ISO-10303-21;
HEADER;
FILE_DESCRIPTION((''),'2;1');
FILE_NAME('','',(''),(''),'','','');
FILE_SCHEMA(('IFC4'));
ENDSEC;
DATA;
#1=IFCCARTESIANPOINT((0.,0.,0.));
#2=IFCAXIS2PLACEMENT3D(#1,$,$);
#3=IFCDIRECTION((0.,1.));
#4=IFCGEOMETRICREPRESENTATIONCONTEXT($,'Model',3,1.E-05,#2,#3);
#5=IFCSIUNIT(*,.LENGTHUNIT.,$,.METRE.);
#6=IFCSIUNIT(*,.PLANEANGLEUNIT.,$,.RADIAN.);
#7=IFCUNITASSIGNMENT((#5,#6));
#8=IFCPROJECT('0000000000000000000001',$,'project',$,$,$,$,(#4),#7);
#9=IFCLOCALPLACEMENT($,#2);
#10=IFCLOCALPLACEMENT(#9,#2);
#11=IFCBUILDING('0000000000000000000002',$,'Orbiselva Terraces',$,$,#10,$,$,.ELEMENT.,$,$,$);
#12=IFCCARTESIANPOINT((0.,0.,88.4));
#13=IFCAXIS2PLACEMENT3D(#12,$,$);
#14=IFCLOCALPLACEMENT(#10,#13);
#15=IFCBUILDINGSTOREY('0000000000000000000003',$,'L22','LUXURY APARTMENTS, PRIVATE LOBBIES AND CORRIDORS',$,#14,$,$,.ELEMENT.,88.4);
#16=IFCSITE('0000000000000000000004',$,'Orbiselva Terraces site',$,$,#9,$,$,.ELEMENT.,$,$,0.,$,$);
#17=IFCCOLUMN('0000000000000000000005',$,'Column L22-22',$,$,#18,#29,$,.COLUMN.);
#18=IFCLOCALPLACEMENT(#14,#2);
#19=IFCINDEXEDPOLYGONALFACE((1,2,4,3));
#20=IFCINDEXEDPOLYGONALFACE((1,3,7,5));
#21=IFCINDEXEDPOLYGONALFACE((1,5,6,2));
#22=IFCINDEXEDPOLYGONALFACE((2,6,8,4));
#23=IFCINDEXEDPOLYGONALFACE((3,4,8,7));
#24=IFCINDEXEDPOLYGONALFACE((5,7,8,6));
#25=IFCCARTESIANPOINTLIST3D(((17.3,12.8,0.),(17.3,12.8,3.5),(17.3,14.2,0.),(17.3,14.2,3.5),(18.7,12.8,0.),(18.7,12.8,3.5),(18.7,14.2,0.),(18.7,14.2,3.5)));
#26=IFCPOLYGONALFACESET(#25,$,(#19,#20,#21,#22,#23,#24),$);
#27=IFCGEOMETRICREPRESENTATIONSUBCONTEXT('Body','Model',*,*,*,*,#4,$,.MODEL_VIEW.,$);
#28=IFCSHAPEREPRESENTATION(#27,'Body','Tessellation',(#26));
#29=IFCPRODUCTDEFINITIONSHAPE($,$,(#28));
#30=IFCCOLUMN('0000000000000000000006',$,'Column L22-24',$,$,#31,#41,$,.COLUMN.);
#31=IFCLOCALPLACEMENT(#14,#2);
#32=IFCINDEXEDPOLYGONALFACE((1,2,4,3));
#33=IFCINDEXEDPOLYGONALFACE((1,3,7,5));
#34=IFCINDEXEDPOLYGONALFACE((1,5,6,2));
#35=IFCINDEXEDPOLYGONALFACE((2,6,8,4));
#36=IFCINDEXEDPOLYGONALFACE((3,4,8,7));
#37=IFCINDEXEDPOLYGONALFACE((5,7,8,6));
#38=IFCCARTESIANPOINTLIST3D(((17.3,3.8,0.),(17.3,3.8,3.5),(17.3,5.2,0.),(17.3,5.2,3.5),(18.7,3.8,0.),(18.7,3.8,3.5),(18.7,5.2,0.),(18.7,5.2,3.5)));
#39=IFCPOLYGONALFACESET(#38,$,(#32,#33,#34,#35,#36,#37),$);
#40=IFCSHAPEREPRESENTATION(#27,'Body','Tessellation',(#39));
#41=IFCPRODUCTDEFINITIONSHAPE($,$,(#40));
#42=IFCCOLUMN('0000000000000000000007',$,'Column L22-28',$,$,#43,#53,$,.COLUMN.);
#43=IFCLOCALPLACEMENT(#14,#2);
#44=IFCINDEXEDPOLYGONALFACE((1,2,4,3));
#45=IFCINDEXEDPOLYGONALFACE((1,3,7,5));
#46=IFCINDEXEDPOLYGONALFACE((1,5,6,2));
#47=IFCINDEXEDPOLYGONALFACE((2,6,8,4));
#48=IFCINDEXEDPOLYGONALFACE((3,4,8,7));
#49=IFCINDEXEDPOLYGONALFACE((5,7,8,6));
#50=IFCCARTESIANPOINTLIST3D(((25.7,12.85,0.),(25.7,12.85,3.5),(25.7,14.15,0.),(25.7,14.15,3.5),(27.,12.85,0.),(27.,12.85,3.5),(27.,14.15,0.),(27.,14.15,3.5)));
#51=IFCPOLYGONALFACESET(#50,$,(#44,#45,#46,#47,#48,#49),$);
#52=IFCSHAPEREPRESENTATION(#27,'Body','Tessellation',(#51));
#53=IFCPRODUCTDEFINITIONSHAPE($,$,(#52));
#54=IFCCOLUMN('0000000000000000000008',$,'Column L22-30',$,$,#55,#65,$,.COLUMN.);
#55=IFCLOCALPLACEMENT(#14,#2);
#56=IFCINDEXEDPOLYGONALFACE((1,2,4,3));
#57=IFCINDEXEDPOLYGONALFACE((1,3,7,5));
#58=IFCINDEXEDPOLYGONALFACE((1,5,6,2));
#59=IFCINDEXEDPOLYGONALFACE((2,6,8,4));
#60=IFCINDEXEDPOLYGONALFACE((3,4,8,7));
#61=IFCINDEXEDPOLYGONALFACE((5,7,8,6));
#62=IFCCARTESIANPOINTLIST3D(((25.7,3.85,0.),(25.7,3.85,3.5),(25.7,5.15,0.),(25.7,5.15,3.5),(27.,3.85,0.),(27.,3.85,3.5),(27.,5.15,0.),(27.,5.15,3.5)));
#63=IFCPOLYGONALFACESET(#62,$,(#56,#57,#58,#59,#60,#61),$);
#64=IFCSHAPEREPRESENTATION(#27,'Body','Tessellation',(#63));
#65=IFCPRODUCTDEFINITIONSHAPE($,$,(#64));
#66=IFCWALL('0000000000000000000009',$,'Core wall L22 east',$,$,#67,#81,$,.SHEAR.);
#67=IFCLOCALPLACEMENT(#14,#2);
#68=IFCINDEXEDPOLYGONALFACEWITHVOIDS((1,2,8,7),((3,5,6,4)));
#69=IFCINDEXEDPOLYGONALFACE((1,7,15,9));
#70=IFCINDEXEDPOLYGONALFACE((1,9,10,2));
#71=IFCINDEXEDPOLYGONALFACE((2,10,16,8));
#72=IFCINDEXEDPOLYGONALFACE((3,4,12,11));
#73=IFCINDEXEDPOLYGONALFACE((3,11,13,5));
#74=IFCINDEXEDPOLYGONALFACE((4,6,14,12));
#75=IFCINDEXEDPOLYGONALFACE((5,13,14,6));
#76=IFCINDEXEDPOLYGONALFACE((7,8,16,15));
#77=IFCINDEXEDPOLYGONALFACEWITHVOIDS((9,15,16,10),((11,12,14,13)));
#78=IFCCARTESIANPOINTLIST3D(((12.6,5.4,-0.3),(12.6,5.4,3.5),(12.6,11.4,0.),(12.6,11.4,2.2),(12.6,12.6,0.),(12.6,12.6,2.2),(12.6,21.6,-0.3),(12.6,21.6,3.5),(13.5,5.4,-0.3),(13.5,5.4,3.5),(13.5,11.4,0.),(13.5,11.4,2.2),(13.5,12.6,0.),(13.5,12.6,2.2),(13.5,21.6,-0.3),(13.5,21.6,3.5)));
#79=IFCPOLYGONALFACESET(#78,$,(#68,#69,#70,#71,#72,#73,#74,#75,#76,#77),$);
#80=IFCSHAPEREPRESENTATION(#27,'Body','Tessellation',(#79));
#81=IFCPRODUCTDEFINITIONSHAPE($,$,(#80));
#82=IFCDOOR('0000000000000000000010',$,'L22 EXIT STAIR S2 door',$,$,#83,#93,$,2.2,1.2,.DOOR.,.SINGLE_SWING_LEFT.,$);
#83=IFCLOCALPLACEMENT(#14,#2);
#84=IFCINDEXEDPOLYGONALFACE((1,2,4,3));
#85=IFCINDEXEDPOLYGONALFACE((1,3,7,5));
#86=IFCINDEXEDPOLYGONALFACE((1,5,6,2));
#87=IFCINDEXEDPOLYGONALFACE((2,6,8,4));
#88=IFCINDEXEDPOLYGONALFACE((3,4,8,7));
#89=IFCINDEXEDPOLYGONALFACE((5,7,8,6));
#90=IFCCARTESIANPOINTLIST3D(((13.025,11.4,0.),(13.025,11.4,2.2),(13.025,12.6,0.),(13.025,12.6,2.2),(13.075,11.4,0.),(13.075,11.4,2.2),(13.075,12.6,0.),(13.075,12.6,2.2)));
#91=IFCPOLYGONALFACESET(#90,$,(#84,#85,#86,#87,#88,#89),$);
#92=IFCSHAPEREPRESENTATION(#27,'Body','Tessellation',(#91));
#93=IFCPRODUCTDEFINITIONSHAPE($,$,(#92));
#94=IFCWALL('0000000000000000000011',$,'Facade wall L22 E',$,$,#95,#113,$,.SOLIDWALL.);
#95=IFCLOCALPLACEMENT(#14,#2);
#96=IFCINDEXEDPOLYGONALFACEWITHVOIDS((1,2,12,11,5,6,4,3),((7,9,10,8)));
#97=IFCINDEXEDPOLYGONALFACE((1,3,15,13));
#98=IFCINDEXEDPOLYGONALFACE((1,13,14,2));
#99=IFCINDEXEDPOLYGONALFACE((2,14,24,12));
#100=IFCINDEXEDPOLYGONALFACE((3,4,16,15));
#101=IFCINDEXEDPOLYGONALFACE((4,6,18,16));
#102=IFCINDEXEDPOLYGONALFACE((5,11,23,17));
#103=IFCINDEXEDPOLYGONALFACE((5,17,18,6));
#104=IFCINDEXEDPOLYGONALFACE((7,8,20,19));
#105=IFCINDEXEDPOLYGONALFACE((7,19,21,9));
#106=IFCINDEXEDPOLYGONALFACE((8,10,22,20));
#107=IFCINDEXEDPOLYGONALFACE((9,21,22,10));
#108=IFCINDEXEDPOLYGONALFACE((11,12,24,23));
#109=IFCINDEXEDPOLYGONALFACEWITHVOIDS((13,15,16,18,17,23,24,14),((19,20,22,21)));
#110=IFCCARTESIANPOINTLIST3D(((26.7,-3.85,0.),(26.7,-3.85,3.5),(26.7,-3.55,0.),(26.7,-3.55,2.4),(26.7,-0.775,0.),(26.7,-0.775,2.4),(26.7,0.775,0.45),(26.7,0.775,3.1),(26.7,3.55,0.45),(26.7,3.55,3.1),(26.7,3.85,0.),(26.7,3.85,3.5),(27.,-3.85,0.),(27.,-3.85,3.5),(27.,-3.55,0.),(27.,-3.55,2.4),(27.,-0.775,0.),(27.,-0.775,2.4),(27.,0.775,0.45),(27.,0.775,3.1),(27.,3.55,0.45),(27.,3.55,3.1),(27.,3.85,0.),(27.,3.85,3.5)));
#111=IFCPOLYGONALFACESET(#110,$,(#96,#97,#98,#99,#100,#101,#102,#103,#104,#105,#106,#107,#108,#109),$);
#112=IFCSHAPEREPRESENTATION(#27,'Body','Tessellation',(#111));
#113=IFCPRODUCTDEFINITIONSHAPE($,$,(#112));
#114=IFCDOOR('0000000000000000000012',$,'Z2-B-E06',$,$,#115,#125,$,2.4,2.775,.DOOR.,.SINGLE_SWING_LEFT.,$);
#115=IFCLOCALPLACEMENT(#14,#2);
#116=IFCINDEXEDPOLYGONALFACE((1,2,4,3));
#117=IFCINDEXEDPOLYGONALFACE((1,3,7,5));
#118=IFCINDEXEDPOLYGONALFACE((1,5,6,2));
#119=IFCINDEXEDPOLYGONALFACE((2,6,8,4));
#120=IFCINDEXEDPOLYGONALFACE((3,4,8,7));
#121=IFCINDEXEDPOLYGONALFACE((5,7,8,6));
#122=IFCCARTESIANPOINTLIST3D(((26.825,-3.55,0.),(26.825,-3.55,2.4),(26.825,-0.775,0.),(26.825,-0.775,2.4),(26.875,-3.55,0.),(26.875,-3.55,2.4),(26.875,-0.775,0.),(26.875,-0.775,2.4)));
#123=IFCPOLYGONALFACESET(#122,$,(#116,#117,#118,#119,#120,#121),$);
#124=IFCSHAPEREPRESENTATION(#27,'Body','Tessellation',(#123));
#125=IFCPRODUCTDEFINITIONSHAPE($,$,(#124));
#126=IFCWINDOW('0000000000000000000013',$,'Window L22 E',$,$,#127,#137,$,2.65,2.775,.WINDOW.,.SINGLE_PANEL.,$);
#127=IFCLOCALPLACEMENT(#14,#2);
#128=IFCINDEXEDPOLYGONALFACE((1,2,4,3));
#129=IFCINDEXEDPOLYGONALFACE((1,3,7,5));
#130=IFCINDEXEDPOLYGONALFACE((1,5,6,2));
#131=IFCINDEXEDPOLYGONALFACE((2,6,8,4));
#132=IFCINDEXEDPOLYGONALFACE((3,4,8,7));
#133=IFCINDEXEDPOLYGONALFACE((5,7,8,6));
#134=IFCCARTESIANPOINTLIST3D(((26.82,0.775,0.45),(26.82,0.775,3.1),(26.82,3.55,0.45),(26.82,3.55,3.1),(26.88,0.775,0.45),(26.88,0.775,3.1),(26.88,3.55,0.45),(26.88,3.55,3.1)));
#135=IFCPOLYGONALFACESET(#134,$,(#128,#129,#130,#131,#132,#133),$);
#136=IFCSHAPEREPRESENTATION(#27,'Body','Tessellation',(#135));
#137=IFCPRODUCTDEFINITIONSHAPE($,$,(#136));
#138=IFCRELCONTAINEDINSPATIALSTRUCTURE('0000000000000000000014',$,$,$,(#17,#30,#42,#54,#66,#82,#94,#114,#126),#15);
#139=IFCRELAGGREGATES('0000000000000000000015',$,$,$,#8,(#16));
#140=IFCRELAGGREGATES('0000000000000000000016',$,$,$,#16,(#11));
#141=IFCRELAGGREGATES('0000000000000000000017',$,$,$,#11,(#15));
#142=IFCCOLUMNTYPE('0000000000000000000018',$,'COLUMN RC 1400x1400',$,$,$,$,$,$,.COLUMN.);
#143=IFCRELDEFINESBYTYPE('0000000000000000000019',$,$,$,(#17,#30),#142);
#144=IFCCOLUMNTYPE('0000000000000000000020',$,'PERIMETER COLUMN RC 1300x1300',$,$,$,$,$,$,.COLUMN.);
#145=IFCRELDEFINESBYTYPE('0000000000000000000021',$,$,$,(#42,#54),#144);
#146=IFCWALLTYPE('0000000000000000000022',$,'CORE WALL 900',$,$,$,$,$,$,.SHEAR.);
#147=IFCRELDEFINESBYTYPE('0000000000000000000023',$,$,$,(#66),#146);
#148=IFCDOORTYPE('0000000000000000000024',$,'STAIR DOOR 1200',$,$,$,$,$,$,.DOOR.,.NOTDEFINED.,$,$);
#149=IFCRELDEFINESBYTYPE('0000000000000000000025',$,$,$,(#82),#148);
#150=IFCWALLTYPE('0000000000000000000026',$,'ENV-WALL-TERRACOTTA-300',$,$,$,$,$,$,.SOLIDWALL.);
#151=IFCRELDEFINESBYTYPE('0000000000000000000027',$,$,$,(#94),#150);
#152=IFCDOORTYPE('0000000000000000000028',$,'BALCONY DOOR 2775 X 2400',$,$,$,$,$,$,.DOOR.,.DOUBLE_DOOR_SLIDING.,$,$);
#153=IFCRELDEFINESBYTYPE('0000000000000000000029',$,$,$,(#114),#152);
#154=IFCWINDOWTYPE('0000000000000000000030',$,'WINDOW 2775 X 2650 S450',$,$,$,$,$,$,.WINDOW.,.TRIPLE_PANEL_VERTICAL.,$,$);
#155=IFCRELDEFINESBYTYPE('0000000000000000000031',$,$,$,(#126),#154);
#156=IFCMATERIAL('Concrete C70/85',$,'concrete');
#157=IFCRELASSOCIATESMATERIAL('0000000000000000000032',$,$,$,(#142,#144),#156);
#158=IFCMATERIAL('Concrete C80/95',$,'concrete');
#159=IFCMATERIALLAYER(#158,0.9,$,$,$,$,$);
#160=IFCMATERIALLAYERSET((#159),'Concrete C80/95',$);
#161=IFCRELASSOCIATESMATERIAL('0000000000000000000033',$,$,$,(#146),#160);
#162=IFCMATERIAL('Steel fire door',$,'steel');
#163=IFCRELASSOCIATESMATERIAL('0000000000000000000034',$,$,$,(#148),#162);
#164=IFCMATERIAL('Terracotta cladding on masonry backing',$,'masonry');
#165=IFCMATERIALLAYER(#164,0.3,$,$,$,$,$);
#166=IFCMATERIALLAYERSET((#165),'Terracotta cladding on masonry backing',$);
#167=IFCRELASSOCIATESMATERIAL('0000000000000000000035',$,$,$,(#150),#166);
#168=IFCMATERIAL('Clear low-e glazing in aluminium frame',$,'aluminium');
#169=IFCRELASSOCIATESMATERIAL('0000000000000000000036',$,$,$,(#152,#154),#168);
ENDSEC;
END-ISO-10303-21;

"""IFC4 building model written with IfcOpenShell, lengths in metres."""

from ifc_helpers import new_model, si_unit, direction, frame, frame_2d, origin, origin_2d, place, context, subcontext, project, spatial, rectangle, extrude, material, layer, layer_set, material_profile, profile_set, type_object, element, fill, save


model = new_model("IFC4")

# Units and contexts
model_context = context("Model", 3, precision=1e-05, world=origin(), true_north=direction((0.0, 1.0)))
body_context = subcontext(model_context, "Body", "Model", "MODEL_VIEW")
ifc_project = project(units=[si_unit("LENGTHUNIT", "METRE"), si_unit("PLANEANGLEUNIT", "RADIAN")], contexts=[model_context])

# Site, building, storey
site_placement = place(None, origin())
site = spatial("IfcSite", under=ifc_project, at=site_placement, Name="Orbiselva Terraces site", CompositionType="ELEMENT", RefElevation=0.0)
building_placement = place(site_placement, origin())
building = spatial("IfcBuilding", under=site, at=building_placement, Name="Orbiselva Terraces", CompositionType="ELEMENT")
storey_placement = place(building_placement, frame((0.0, 0.0, 88.4)))
storey = spatial("IfcBuildingStorey", under=building, at=storey_placement, Name="L22", Description="LUXURY APARTMENTS, PRIVATE LOBBIES AND CORRIDORS", CompositionType="ELEMENT", Elevation=88.4)

# Columns
ifc_material_1 = material(Name="Concrete C70/85", Category="concrete")
ifc_material_profile_1 = material_profile(ifc_material_1, rectangle(XDim=1.4, YDim=1.4, at=origin_2d()), Name="RC 1400x1400")
ifc_profile_set_1 = profile_set([ifc_material_profile_1], Name="Concrete C70/85")
column_type_1 = type_object("IfcColumnType", Name="COLUMN RC 1400x1400", PredefinedType="COLUMN", material=ifc_profile_set_1)
for number, where, z_axis, x_axis, name in (
    (1, (18.0, 13.5, 0.0), (0.0, 0.0, 1.0), (1.0, 0.0, 0.0), "Column L22-22"),
    (2, (18.0, 4.5, 0.0), (0.0, 0.0, 1.0), (1.0, 0.0, 0.0), "Column L22-24"),
):
    element("IfcColumn", number, at=place(storey_placement, frame(where, z_axis=z_axis, x_axis=x_axis)), inside=storey, type_object=column_type_1, Name=name, PredefinedType="COLUMN", context=body_context, shape_type="SweptSolid", body=[
        extrude(rectangle(XDim=1.4, YDim=1.4, at=origin_2d()), origin(), (0.0, 0.0, 1.0), 3.5),
    ])
ifc_material_profile_2 = material_profile(ifc_material_1, rectangle(XDim=1.3, YDim=1.3, at=origin_2d()), Name="RC 1300x1300")
ifc_profile_set_2 = profile_set([ifc_material_profile_2], Name="Concrete C70/85")
column_type_2 = type_object("IfcColumnType", Name="PERIMETER COLUMN RC 1300x1300", PredefinedType="COLUMN", material=ifc_profile_set_2)
for number, where, z_axis, x_axis, name in (
    (3, (26.35, 13.5, 0.0), (0.0, 0.0, 1.0), (1.0, 0.0, 0.0), "Column L22-28"),
    (4, (26.35, 4.5, 0.0), (0.0, 0.0, 1.0), (1.0, 0.0, 0.0), "Column L22-30"),
):
    element("IfcColumn", number, at=place(storey_placement, frame(where, z_axis=z_axis, x_axis=x_axis)), inside=storey, type_object=column_type_2, Name=name, PredefinedType="COLUMN", context=body_context, shape_type="SweptSolid", body=[
        extrude(rectangle(XDim=1.3, YDim=1.3, at=origin_2d()), origin(), (0.0, 0.0, 1.0), 3.5),
    ])

# Wall, opening, door
ifc_material_2 = material(Name="Concrete C80/95", Category="concrete")
ifc_layer_1 = layer(ifc_material_2, 0.9)
ifc_layer_set_1 = layer_set([ifc_layer_1], Name="Concrete C80/95")
wall_type_1 = type_object("IfcWallType", Name="CORE WALL 900", PredefinedType="SHEAR", material=ifc_layer_set_1)
wall_1_placement = place(storey_placement, frame((13.05, 5.4, -0.3), z_axis=(0.0, 0.0, 1.0), x_axis=(0.0, 1.0, 0.0)))
wall_1 = element("IfcWall", 5, at=wall_1_placement, inside=storey, type_object=wall_type_1, Name="Core wall L22 east", PredefinedType="SHEAR", context=body_context, shape_type="SweptSolid", body=[
    extrude(rectangle(XDim=16.2, YDim=0.9, at=frame_2d((8.1, 0.0))), origin(), (0.0, 0.0, 1.0), 3.8),
])
opening_1_placement = place(wall_1_placement, frame((6.0, 0.0, 0.3)))
opening_1 = element("IfcOpeningElement", 6, at=opening_1_placement, cuts=wall_1, PredefinedType="OPENING", context=body_context, shape_type="SweptSolid", body=[
    extrude(rectangle(XDim=1.2, YDim=2.2, at=frame_2d((0.6, 1.1))), frame((0.0, 0.46, 0.0), z_axis=(0.0, -1.0, 0.0), x_axis=(1.0, 0.0, 0.0)), (0.0, 0.0, 1.0), 0.92),
])
ifc_material_3 = material(Name="Steel fire door", Category="steel")
door_type_1 = type_object("IfcDoorType", Name="STAIR DOOR 1200", OperationType="NOTDEFINED", PredefinedType="DOOR", material=ifc_material_3)
door_1_placement = place(opening_1_placement, frame((1.2, 0.0, 0.0), z_axis=(0.0, 0.0, 1.0), x_axis=(-1.0, 0.0, 0.0)))
door_1 = element("IfcDoor", 7, at=door_1_placement, inside=storey, type_object=door_type_1, Name="L22 EXIT STAIR S2 door", OperationType="SINGLE_SWING_LEFT", OverallHeight=2.2, OverallWidth=1.2, PredefinedType="DOOR", context=body_context, shape_type="SweptSolid", body=[
    extrude(rectangle(XDim=1.2, YDim=2.2, at=frame_2d((0.6, 1.1))), frame((0.0, 0.025, 0.0), z_axis=(0.0, -1.0, 0.0), x_axis=(1.0, 0.0, 0.0)), (0.0, 0.0, 1.0), 0.05),
])
fill(opening_1, door_1)

# Wall, openings, door, window
ifc_material_4 = material(Name="Terracotta cladding on masonry backing", Category="masonry")
ifc_layer_2 = layer(ifc_material_4, 0.3)
ifc_layer_set_2 = layer_set([ifc_layer_2], Name="Terracotta cladding on masonry backing")
wall_type_2 = type_object("IfcWallType", Name="ENV-WALL-TERRACOTTA-300", PredefinedType="SOLIDWALL", material=ifc_layer_set_2)
wall_2_placement = place(storey_placement, frame((26.85, 3.85, 0.0), z_axis=(0.0, 0.0, 1.0), x_axis=(0.0, -1.0, 0.0)))
wall_2 = element("IfcWall", 8, at=wall_2_placement, inside=storey, type_object=wall_type_2, Name="Facade wall L22 E", PredefinedType="SOLIDWALL", context=body_context, shape_type="SweptSolid", body=[
    extrude(rectangle(XDim=7.7, YDim=0.3, at=frame_2d((3.85, 0.0))), origin(), (0.0, 0.0, 1.0), 3.5),
])
opening_2_placement = place(wall_2_placement, frame((4.625, 0.0, 0.0)))
opening_2 = element("IfcOpeningElement", 9, at=opening_2_placement, cuts=wall_2, PredefinedType="OPENING", context=body_context, shape_type="SweptSolid", body=[
    extrude(rectangle(XDim=2.775, YDim=2.4, at=frame_2d((1.3875, 1.2))), frame((0.0, 0.16, 0.0), z_axis=(0.0, -1.0, 0.0), x_axis=(1.0, 0.0, 0.0)), (0.0, 0.0, 1.0), 0.32),
])
opening_3_placement = place(wall_2_placement, frame((0.3, 0.0, 0.45)))
opening_3 = element("IfcOpeningElement", 10, at=opening_3_placement, cuts=wall_2, PredefinedType="OPENING", context=body_context, shape_type="SweptSolid", body=[
    extrude(rectangle(XDim=2.775, YDim=2.65, at=frame_2d((1.3875, 1.325))), frame((0.0, 0.16, 0.0), z_axis=(0.0, -1.0, 0.0), x_axis=(1.0, 0.0, 0.0)), (0.0, 0.0, 1.0), 0.32),
])
ifc_material_5 = material(Name="Clear low-e glazing in aluminium frame", Category="aluminium")
door_type_2 = type_object("IfcDoorType", Name="BALCONY DOOR 2775 X 2400", OperationType="DOUBLE_DOOR_SLIDING", PredefinedType="DOOR", material=ifc_material_5)
door_2_placement = place(opening_2_placement, origin())
door_2 = element("IfcDoor", 11, at=door_2_placement, inside=storey, type_object=door_type_2, Name="Z2-B-E06", OperationType="SINGLE_SWING_LEFT", OverallHeight=2.4, OverallWidth=2.775, PredefinedType="DOOR", context=body_context, shape_type="SweptSolid", body=[
    extrude(rectangle(XDim=2.775, YDim=2.4, at=frame_2d((1.3875, 1.2))), frame((0.0, 0.025, 0.0), z_axis=(0.0, -1.0, 0.0), x_axis=(1.0, 0.0, 0.0)), (0.0, 0.0, 1.0), 0.05),
])
fill(opening_2, door_2)
window_type = type_object("IfcWindowType", Name="WINDOW 2775 X 2650 S450", PartitioningType="TRIPLE_PANEL_VERTICAL", PredefinedType="WINDOW", material=ifc_material_5)
window_1_placement = place(opening_3_placement, origin())
window_1 = element("IfcWindow", 12, at=window_1_placement, inside=storey, type_object=window_type, Name="Window L22 E", OverallHeight=2.65, OverallWidth=2.775, PartitioningType="SINGLE_PANEL", PredefinedType="WINDOW", context=body_context, shape_type="SweptSolid", body=[
    extrude(rectangle(XDim=2.775, YDim=2.65, at=frame_2d((1.3875, 1.325))), frame((0.0, 0.03, 0.0), z_axis=(0.0, -1.0, 0.0), x_axis=(1.0, 0.0, 0.0)), (0.0, 0.0, 1.0), 0.06),
])
fill(opening_3, window_1)

save(model, "model.ifc")
